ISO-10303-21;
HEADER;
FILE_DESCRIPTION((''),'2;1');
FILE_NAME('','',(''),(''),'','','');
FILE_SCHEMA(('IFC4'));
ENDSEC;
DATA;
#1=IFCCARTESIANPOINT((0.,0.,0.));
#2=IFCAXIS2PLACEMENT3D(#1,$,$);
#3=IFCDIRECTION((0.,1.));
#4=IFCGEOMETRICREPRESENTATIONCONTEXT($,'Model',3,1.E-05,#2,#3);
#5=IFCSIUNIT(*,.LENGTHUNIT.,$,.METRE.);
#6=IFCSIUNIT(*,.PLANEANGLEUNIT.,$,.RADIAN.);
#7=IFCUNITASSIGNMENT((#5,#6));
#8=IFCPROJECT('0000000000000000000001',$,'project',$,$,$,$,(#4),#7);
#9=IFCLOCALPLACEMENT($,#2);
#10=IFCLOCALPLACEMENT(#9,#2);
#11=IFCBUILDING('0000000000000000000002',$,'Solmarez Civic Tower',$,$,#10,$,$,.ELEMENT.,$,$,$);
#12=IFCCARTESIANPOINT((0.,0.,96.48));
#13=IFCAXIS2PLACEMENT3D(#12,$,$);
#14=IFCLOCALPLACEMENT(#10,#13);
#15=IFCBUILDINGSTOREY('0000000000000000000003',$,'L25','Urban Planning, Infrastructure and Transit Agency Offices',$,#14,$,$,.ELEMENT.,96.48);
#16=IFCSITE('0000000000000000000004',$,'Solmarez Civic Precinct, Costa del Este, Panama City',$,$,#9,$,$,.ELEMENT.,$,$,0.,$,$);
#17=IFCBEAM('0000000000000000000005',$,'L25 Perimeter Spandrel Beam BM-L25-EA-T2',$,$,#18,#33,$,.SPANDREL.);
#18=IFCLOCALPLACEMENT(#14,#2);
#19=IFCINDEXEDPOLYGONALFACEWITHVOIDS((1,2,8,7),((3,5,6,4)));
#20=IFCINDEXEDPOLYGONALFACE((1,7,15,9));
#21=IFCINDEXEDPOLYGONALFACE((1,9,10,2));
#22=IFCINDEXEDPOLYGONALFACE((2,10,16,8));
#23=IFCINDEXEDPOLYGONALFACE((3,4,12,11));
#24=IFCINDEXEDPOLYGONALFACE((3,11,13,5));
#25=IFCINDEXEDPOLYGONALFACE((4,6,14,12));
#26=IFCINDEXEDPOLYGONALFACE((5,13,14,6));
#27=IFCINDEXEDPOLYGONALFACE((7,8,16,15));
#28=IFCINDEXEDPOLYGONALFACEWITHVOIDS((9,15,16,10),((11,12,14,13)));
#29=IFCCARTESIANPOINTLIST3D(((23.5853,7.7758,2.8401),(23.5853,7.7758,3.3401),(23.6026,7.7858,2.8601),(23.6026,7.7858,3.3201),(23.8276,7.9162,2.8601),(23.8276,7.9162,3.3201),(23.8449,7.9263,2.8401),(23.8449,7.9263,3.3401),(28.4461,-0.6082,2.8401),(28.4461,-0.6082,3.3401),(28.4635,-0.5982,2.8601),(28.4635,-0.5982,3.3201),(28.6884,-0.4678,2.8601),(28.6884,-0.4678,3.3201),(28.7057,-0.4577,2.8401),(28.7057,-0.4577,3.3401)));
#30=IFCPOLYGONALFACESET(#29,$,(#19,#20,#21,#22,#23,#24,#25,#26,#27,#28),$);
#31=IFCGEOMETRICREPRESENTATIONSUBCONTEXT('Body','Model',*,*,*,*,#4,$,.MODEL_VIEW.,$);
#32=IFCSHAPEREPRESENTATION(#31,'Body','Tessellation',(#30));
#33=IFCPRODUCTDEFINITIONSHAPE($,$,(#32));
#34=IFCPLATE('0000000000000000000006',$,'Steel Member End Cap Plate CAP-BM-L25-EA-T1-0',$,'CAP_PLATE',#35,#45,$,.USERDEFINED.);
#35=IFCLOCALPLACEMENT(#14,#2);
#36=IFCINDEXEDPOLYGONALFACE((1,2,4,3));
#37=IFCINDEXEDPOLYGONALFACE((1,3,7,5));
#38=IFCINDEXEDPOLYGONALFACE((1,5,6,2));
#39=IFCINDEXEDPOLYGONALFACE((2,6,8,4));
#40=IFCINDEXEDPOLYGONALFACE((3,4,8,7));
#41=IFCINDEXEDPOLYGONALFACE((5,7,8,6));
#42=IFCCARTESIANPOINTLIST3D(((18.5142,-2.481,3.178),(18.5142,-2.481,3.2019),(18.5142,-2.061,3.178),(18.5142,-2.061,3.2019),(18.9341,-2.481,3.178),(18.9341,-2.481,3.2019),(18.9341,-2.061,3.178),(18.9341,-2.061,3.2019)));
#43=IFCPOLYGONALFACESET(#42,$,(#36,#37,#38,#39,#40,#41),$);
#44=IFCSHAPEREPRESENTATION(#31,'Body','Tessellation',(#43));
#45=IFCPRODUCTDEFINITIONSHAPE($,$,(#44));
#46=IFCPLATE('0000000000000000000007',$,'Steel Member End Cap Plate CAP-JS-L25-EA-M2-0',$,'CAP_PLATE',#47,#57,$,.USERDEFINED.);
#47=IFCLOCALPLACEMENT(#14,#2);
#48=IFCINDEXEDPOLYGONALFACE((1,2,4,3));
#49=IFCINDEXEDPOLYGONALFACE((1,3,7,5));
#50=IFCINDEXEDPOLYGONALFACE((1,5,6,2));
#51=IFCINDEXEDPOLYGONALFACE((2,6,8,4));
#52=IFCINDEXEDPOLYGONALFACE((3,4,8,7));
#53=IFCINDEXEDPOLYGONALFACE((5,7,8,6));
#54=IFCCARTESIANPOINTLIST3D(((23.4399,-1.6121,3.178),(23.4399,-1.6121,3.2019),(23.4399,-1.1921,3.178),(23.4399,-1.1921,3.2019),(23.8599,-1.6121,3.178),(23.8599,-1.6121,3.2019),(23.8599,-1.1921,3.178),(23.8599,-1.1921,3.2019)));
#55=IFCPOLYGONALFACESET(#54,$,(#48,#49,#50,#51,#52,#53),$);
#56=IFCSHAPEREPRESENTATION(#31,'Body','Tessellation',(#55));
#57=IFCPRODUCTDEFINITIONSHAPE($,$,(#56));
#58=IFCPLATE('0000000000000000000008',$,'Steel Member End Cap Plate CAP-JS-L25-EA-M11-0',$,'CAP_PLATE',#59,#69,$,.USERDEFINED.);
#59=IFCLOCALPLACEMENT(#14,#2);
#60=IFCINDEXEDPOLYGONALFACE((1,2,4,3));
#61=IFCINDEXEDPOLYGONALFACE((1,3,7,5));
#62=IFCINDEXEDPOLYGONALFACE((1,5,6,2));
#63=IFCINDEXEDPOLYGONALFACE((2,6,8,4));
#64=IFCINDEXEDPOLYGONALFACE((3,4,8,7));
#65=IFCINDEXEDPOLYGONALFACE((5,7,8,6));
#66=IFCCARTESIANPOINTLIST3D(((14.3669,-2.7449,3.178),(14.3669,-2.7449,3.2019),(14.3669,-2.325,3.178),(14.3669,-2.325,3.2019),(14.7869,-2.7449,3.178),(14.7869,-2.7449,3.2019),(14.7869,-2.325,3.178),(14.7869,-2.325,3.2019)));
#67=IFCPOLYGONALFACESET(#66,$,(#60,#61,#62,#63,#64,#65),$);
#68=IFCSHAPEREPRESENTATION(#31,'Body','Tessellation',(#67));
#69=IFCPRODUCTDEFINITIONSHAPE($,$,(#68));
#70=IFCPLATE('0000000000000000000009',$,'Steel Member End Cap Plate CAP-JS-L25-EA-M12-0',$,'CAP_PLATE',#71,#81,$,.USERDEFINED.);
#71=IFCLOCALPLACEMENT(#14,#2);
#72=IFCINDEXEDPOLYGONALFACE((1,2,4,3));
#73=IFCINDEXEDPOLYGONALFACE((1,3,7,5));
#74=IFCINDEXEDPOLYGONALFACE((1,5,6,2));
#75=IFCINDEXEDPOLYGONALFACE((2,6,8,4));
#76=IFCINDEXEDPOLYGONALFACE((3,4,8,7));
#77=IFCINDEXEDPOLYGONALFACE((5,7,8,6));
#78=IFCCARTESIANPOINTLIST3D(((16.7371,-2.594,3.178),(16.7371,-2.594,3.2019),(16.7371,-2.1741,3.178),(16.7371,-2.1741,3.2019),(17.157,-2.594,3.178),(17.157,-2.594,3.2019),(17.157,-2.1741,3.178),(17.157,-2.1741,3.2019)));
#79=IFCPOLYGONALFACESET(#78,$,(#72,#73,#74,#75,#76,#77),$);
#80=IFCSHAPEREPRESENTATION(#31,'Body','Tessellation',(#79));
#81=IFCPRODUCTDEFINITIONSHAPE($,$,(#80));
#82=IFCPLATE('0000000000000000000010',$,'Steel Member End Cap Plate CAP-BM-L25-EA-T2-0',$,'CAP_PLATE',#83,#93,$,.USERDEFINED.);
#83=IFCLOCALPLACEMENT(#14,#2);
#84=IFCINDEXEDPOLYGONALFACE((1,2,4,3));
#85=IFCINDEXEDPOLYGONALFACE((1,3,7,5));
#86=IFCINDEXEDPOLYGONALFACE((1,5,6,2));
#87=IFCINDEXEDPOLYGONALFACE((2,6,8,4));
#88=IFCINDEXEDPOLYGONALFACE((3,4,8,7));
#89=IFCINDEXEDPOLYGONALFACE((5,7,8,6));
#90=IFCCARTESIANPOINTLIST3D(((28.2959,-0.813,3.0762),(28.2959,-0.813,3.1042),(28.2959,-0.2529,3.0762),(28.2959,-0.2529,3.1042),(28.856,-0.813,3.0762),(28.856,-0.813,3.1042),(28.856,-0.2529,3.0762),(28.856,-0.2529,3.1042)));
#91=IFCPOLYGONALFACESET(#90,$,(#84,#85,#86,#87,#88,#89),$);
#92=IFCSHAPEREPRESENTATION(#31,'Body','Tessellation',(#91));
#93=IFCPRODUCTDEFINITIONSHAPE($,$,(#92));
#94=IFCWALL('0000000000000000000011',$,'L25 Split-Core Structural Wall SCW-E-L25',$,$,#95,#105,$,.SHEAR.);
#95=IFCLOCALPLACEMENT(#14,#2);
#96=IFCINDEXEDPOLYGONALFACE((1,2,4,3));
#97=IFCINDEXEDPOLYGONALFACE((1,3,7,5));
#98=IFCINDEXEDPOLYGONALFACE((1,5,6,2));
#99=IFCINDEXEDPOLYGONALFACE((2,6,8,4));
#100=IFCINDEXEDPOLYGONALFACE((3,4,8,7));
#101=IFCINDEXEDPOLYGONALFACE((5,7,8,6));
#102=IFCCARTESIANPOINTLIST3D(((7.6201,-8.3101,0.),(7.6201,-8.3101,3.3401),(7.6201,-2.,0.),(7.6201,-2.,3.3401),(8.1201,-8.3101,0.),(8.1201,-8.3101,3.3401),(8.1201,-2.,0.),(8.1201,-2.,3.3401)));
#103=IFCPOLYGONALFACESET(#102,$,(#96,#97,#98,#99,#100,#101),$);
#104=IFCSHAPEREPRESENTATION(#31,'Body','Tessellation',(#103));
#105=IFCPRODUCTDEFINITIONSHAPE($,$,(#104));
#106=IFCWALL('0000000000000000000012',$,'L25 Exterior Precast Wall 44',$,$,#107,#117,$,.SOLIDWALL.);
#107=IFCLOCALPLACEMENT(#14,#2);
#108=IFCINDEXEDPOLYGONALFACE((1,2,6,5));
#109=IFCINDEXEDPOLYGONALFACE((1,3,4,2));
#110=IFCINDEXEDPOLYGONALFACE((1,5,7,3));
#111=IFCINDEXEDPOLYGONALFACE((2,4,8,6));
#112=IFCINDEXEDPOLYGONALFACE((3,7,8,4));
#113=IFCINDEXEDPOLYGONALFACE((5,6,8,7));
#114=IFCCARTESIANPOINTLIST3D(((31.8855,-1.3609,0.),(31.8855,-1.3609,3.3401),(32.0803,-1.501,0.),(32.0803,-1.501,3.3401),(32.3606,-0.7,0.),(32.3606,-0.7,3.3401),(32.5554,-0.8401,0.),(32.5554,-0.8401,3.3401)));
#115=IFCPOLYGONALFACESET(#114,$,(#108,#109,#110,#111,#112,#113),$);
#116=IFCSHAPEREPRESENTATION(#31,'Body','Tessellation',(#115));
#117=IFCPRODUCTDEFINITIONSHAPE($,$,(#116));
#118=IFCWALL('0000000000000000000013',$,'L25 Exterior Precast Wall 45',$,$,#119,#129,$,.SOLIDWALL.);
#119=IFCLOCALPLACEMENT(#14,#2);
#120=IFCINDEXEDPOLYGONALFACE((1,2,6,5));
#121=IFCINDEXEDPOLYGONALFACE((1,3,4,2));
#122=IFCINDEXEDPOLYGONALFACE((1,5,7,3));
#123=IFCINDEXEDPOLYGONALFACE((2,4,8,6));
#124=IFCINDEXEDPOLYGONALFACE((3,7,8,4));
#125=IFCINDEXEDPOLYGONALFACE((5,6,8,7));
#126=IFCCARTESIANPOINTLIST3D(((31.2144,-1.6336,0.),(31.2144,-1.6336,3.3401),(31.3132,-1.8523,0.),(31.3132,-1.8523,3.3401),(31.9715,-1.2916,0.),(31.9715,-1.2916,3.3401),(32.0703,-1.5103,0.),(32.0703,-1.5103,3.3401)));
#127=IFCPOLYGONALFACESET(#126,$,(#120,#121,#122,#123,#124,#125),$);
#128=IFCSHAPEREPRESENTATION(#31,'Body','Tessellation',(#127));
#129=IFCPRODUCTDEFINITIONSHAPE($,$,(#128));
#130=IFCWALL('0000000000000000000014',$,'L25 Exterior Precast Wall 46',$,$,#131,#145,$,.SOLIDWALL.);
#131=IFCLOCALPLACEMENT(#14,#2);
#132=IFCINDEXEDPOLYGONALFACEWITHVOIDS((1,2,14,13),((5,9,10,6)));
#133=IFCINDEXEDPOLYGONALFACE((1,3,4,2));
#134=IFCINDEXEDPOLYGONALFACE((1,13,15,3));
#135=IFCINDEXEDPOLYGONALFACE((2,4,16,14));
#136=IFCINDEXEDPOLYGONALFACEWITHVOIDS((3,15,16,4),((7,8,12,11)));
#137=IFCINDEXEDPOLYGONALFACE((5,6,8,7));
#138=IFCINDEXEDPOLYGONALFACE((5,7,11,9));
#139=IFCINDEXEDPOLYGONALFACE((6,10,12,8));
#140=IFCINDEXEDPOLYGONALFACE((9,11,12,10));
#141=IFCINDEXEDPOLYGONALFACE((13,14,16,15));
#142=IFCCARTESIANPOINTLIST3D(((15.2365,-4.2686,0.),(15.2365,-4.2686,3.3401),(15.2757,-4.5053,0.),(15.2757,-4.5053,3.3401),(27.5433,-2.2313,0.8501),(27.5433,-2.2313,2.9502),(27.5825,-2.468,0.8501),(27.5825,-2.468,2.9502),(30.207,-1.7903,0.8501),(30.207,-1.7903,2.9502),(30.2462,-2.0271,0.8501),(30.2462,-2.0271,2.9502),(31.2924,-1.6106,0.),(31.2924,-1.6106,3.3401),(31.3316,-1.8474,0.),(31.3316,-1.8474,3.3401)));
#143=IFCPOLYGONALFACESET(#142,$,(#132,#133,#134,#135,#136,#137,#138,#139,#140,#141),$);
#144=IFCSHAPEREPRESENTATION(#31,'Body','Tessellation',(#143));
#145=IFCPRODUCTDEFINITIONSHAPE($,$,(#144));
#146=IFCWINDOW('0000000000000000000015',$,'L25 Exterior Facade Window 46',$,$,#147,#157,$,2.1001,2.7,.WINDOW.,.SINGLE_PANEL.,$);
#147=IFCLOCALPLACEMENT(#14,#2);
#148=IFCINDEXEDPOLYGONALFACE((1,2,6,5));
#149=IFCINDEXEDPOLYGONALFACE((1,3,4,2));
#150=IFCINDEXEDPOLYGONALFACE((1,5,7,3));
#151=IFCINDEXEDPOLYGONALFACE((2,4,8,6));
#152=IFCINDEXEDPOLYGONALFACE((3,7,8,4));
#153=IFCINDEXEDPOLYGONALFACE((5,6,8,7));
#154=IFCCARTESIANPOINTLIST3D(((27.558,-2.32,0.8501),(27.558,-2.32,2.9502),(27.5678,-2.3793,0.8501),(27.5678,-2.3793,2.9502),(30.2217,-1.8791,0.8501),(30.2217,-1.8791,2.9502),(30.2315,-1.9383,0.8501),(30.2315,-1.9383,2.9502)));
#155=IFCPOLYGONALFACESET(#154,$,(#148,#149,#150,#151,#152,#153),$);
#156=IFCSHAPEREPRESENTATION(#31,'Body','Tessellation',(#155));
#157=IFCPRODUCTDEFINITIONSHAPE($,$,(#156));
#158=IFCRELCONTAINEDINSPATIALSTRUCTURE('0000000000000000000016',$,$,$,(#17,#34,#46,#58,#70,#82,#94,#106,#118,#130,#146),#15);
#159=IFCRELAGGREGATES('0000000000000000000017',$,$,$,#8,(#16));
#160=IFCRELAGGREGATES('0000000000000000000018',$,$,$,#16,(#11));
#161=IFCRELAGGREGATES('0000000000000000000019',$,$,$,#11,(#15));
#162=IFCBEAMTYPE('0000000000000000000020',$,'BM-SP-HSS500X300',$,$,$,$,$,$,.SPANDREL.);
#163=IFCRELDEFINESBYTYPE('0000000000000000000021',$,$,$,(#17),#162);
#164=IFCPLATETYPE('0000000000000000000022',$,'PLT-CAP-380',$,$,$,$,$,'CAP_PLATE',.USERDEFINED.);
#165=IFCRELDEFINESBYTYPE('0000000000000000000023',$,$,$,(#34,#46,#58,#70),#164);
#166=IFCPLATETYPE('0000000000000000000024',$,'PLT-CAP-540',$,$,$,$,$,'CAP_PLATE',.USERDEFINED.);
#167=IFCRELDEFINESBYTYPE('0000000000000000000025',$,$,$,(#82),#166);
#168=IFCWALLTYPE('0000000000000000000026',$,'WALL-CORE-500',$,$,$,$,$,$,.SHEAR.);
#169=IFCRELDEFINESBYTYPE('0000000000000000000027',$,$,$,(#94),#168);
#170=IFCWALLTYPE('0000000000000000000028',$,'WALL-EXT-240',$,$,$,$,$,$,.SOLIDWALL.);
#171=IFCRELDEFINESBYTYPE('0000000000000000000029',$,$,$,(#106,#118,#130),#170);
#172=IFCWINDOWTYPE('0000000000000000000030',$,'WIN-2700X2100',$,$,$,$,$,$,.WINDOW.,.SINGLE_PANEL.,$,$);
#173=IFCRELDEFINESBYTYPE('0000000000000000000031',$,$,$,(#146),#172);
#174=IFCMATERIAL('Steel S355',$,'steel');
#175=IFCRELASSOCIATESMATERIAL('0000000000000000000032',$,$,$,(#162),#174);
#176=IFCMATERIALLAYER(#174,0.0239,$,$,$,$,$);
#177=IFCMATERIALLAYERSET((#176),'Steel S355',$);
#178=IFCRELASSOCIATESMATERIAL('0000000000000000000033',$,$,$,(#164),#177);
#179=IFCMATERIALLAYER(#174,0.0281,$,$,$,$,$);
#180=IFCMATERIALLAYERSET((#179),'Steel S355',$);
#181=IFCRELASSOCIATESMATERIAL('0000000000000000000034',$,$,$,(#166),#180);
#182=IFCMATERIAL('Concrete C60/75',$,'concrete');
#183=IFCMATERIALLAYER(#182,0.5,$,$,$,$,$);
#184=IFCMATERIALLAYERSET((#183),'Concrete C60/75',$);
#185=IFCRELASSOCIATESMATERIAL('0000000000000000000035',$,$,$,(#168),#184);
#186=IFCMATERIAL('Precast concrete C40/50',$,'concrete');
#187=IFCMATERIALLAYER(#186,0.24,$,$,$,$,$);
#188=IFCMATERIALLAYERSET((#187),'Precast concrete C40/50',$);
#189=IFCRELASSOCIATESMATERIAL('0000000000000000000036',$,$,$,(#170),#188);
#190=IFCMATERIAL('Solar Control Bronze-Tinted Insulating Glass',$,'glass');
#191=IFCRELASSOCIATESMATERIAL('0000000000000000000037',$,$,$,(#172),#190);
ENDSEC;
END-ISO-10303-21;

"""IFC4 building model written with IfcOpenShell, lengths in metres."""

from ifc_helpers import new_model, si_unit, direction, frame, frame_2d, origin, origin_2d, place, context, subcontext, project, spatial, rectangle, hollow_rectangle, extrude, material, layer, layer_set, material_profile, profile_set, type_object, element, fill, save


model = new_model("IFC4")

# Units and contexts
model_context = context("Model", 3, precision=1e-05, world=origin(), true_north=direction((0.0, 1.0)))
body_context = subcontext(model_context, "Body", "Model", "MODEL_VIEW")
ifc_project = project(units=[si_unit("LENGTHUNIT", "METRE"), si_unit("PLANEANGLEUNIT", "RADIAN")], contexts=[model_context])

# Site, building, storey
site_placement = place(None, origin())
site = spatial("IfcSite", under=ifc_project, at=site_placement, Name="Solmarez Civic Precinct, Costa del Este, Panama City", CompositionType="ELEMENT", RefElevation=0.0)
building_placement = place(site_placement, origin())
building = spatial("IfcBuilding", under=site, at=building_placement, Name="Solmarez Civic Tower", CompositionType="ELEMENT")
storey_placement = place(building_placement, frame((0.0, 0.0, 96.48)))
storey = spatial("IfcBuildingStorey", under=building, at=storey_placement, Name="L25", Description="Urban Planning, Infrastructure and Transit Agency Offices", CompositionType="ELEMENT", Elevation=96.48)

# Shared definitions
ifc_material_1 = material(Name="Concrete C60/75", Category="concrete")

# Beam
ifc_material_2 = material(Name="Steel S355", Category="steel")
ifc_material_profile_1 = material_profile(ifc_material_2, hollow_rectangle(XDim=0.3, YDim=0.5, WallThickness=0.02, at=origin_2d()), Name="HSS500X300X20")
ifc_profile_set_1 = profile_set([ifc_material_profile_1], Name="Steel S355")
beam_type_1 = type_object("IfcBeamType", Name="BM-SP-HSS500X300", PredefinedType="SPANDREL", material=ifc_profile_set_1)
beam_1_placement = place(storey_placement, frame((28.5759, -0.533, 3.0901), z_axis=(-0.501571, 0.865116, 0.0), x_axis=(-0.865116, -0.501571, 0.0)))
element("IfcBeam", 1, at=beam_1_placement, inside=storey, type_object=beam_type_1, Name="L25 Perimeter Spandrel Beam BM-L25-EA-T2", PredefinedType="SPANDREL", context=body_context, shape_type="SweptSolid", body=[
    extrude(hollow_rectangle(XDim=0.3, YDim=0.5, WallThickness=0.02, at=origin_2d()), origin(), (0.0, 0.0, 1.0), 9.6912),
])

# Plates
ifc_layer_1 = layer(ifc_material_2, 0.0239)
ifc_layer_set_1 = layer_set([ifc_layer_1], Name="Steel S355")
plate_type_1 = type_object("IfcPlateType", Name="PLT-CAP-380", ElementType="CAP_PLATE", PredefinedType="USERDEFINED", material=ifc_layer_set_1)
for number, where, z_axis, x_axis, name in (
    (2, (18.7241, -2.271, 3.178), (0.0, 0.0, 1.0), (1.0, 0.0, 0.0), "Steel Member End Cap Plate CAP-BM-L25-EA-T1-0"),
    (3, (23.6499, -1.4021, 3.178), (0.0, 0.0, 1.0), (1.0, 0.0, 0.0), "Steel Member End Cap Plate CAP-JS-L25-EA-M2-0"),
    (4, (14.5769, -2.5349, 3.178), (0.0, 0.0, 1.0), (1.0, 0.0, 0.0), "Steel Member End Cap Plate CAP-JS-L25-EA-M11-0"),
    (5, (16.947, -2.384, 3.178), (0.0, 0.0, 1.0), (1.0, 0.0, 0.0), "Steel Member End Cap Plate CAP-JS-L25-EA-M12-0"),
):
    element("IfcPlate", number, at=place(storey_placement, frame(where, z_axis=z_axis, x_axis=x_axis)), inside=storey, type_object=plate_type_1, Name=name, ObjectType="CAP_PLATE", PredefinedType="USERDEFINED", context=body_context, shape_type="SweptSolid", body=[
        extrude(rectangle(XDim=0.4199, YDim=0.4199, at=origin_2d()), origin(), (0.0, 0.0, 1.0), 0.0239),
    ])
ifc_layer_2 = layer(ifc_material_2, 0.0281)
ifc_layer_set_2 = layer_set([ifc_layer_2], Name="Steel S355")
plate_type_2 = type_object("IfcPlateType", Name="PLT-CAP-540", ElementType="CAP_PLATE", PredefinedType="USERDEFINED", material=ifc_layer_set_2)
plate_placement = place(storey_placement, frame((28.5759, -0.533, 3.0762), z_axis=(0.0, 0.0, 1.0), x_axis=(1.0, 0.0, 0.0)))
element("IfcPlate", 6, at=plate_placement, inside=storey, type_object=plate_type_2, Name="Steel Member End Cap Plate CAP-BM-L25-EA-T2-0", ObjectType="CAP_PLATE", PredefinedType="USERDEFINED", context=body_context, shape_type="SweptSolid", body=[
    extrude(rectangle(XDim=0.5601, YDim=0.5601, at=origin_2d()), origin(), (0.0, 0.0, 1.0), 0.0281),
])

# Walls
ifc_layer_3 = layer(ifc_material_1, 0.5)
ifc_layer_set_3 = layer_set([ifc_layer_3], Name="Concrete C60/75")
wall_type_1 = type_object("IfcWallType", Name="WALL-CORE-500", PredefinedType="SHEAR", material=ifc_layer_set_3)
wall_1_placement = place(storey_placement, frame((7.8701, -2.0, 0.0), z_axis=(0.0, 0.0, 1.0), x_axis=(0.0, -1.0, 0.0)))
element("IfcWall", 7, at=wall_1_placement, inside=storey, type_object=wall_type_1, Name="L25 Split-Core Structural Wall SCW-E-L25", PredefinedType="SHEAR", context=body_context, shape_type="SweptSolid", body=[
    extrude(rectangle(XDim=6.3101, YDim=0.5, at=frame_2d((3.155, 0.0))), origin(), (0.0, 0.0, 1.0), 3.3401),
])
ifc_material_3 = material(Name="Precast concrete C40/50", Category="concrete")
ifc_layer_4 = layer(ifc_material_3, 0.24)
ifc_layer_set_4 = layer_set([ifc_layer_4], Name="Precast concrete C40/50")
wall_type_2 = type_object("IfcWallType", Name="WALL-EXT-240", PredefinedType="SOLIDWALL", material=ifc_layer_set_4)
wall_2_placement = place(storey_placement, frame((32.458, -0.77, 0.0), z_axis=(0.0, 0.0, 1.0), x_axis=(-0.583704, -0.811967, 0.0)))
element("IfcWall", 8, at=wall_2_placement, inside=storey, type_object=wall_type_2, Name="L25 Exterior Precast Wall 44", PredefinedType="SOLIDWALL", context=body_context, shape_type="SweptSolid", body=[
    extrude(rectangle(XDim=0.814, YDim=0.24, at=frame_2d((0.407, 0.0))), origin(), (0.0, 0.0, 1.0), 3.3401),
])
wall_3_placement = place(storey_placement, frame((32.021, -1.4009, 0.0), z_axis=(0.0, 0.0, 1.0), x_axis=(-0.91131, -0.411721, 0.0)))
element("IfcWall", 9, at=wall_3_placement, inside=storey, type_object=wall_type_2, Name="L25 Exterior Precast Wall 45", PredefinedType="SOLIDWALL", context=body_context, shape_type="SweptSolid", body=[
    extrude(rectangle(XDim=0.8308, YDim=0.24, at=frame_2d((0.4155, 0.0))), origin(), (0.0, 0.0, 1.0), 3.3401),
])

# Wall, opening, window
wall_4_placement = place(storey_placement, frame((31.312, -1.729, 0.0), z_axis=(0.0, 0.0, 1.0), x_axis=(-0.986573, -0.163321, 0.0)))
wall_4 = element("IfcWall", 10, at=wall_4_placement, inside=storey, type_object=wall_type_2, Name="L25 Exterior Precast Wall 46", PredefinedType="SOLIDWALL", context=body_context, shape_type="SweptSolid", body=[
    extrude(rectangle(XDim=16.2744, YDim=0.24, at=frame_2d((8.1372, 0.0))), origin(), (0.0, 0.0, 1.0), 3.3401),
])
opening_placement = place(wall_4_placement, frame((1.1001, 0.0, 0.8501)))
opening = element("IfcOpeningElement", 11, at=opening_placement, cuts=wall_4, PredefinedType="OPENING", context=body_context, shape_type="SweptSolid", body=[
    extrude(rectangle(XDim=2.7, YDim=2.1001, at=frame_2d((1.3501, 1.05))), frame((0.0, 0.1299, 0.0), z_axis=(0.0, -1.0, 0.0), x_axis=(1.0, 0.0, 0.0)), (0.0, 0.0, 1.0), 0.26),
])
ifc_material_4 = material(Name="Solar Control Bronze-Tinted Insulating Glass", Category="glass")
window_type = type_object("IfcWindowType", Name="WIN-2700X2100", PartitioningType="SINGLE_PANEL", PredefinedType="WINDOW", material=ifc_material_4)
window_placement = place(opening_placement, origin())
window = element("IfcWindow", 12, at=window_placement, inside=storey, type_object=window_type, Name="L25 Exterior Facade Window 46", OverallHeight=2.1001, OverallWidth=2.7, PartitioningType="SINGLE_PANEL", PredefinedType="WINDOW", context=body_context, shape_type="SweptSolid", body=[
    extrude(rectangle(XDim=2.7, YDim=2.1001, at=frame_2d((1.3501, 1.05))), frame((0.0, 0.03, 0.0), z_axis=(0.0, -1.0, 0.0), x_axis=(1.0, 0.0, 0.0)), (0.0, 0.0, 1.0), 0.0601),
])
fill(opening, window)

save(model, "model.ifc")
